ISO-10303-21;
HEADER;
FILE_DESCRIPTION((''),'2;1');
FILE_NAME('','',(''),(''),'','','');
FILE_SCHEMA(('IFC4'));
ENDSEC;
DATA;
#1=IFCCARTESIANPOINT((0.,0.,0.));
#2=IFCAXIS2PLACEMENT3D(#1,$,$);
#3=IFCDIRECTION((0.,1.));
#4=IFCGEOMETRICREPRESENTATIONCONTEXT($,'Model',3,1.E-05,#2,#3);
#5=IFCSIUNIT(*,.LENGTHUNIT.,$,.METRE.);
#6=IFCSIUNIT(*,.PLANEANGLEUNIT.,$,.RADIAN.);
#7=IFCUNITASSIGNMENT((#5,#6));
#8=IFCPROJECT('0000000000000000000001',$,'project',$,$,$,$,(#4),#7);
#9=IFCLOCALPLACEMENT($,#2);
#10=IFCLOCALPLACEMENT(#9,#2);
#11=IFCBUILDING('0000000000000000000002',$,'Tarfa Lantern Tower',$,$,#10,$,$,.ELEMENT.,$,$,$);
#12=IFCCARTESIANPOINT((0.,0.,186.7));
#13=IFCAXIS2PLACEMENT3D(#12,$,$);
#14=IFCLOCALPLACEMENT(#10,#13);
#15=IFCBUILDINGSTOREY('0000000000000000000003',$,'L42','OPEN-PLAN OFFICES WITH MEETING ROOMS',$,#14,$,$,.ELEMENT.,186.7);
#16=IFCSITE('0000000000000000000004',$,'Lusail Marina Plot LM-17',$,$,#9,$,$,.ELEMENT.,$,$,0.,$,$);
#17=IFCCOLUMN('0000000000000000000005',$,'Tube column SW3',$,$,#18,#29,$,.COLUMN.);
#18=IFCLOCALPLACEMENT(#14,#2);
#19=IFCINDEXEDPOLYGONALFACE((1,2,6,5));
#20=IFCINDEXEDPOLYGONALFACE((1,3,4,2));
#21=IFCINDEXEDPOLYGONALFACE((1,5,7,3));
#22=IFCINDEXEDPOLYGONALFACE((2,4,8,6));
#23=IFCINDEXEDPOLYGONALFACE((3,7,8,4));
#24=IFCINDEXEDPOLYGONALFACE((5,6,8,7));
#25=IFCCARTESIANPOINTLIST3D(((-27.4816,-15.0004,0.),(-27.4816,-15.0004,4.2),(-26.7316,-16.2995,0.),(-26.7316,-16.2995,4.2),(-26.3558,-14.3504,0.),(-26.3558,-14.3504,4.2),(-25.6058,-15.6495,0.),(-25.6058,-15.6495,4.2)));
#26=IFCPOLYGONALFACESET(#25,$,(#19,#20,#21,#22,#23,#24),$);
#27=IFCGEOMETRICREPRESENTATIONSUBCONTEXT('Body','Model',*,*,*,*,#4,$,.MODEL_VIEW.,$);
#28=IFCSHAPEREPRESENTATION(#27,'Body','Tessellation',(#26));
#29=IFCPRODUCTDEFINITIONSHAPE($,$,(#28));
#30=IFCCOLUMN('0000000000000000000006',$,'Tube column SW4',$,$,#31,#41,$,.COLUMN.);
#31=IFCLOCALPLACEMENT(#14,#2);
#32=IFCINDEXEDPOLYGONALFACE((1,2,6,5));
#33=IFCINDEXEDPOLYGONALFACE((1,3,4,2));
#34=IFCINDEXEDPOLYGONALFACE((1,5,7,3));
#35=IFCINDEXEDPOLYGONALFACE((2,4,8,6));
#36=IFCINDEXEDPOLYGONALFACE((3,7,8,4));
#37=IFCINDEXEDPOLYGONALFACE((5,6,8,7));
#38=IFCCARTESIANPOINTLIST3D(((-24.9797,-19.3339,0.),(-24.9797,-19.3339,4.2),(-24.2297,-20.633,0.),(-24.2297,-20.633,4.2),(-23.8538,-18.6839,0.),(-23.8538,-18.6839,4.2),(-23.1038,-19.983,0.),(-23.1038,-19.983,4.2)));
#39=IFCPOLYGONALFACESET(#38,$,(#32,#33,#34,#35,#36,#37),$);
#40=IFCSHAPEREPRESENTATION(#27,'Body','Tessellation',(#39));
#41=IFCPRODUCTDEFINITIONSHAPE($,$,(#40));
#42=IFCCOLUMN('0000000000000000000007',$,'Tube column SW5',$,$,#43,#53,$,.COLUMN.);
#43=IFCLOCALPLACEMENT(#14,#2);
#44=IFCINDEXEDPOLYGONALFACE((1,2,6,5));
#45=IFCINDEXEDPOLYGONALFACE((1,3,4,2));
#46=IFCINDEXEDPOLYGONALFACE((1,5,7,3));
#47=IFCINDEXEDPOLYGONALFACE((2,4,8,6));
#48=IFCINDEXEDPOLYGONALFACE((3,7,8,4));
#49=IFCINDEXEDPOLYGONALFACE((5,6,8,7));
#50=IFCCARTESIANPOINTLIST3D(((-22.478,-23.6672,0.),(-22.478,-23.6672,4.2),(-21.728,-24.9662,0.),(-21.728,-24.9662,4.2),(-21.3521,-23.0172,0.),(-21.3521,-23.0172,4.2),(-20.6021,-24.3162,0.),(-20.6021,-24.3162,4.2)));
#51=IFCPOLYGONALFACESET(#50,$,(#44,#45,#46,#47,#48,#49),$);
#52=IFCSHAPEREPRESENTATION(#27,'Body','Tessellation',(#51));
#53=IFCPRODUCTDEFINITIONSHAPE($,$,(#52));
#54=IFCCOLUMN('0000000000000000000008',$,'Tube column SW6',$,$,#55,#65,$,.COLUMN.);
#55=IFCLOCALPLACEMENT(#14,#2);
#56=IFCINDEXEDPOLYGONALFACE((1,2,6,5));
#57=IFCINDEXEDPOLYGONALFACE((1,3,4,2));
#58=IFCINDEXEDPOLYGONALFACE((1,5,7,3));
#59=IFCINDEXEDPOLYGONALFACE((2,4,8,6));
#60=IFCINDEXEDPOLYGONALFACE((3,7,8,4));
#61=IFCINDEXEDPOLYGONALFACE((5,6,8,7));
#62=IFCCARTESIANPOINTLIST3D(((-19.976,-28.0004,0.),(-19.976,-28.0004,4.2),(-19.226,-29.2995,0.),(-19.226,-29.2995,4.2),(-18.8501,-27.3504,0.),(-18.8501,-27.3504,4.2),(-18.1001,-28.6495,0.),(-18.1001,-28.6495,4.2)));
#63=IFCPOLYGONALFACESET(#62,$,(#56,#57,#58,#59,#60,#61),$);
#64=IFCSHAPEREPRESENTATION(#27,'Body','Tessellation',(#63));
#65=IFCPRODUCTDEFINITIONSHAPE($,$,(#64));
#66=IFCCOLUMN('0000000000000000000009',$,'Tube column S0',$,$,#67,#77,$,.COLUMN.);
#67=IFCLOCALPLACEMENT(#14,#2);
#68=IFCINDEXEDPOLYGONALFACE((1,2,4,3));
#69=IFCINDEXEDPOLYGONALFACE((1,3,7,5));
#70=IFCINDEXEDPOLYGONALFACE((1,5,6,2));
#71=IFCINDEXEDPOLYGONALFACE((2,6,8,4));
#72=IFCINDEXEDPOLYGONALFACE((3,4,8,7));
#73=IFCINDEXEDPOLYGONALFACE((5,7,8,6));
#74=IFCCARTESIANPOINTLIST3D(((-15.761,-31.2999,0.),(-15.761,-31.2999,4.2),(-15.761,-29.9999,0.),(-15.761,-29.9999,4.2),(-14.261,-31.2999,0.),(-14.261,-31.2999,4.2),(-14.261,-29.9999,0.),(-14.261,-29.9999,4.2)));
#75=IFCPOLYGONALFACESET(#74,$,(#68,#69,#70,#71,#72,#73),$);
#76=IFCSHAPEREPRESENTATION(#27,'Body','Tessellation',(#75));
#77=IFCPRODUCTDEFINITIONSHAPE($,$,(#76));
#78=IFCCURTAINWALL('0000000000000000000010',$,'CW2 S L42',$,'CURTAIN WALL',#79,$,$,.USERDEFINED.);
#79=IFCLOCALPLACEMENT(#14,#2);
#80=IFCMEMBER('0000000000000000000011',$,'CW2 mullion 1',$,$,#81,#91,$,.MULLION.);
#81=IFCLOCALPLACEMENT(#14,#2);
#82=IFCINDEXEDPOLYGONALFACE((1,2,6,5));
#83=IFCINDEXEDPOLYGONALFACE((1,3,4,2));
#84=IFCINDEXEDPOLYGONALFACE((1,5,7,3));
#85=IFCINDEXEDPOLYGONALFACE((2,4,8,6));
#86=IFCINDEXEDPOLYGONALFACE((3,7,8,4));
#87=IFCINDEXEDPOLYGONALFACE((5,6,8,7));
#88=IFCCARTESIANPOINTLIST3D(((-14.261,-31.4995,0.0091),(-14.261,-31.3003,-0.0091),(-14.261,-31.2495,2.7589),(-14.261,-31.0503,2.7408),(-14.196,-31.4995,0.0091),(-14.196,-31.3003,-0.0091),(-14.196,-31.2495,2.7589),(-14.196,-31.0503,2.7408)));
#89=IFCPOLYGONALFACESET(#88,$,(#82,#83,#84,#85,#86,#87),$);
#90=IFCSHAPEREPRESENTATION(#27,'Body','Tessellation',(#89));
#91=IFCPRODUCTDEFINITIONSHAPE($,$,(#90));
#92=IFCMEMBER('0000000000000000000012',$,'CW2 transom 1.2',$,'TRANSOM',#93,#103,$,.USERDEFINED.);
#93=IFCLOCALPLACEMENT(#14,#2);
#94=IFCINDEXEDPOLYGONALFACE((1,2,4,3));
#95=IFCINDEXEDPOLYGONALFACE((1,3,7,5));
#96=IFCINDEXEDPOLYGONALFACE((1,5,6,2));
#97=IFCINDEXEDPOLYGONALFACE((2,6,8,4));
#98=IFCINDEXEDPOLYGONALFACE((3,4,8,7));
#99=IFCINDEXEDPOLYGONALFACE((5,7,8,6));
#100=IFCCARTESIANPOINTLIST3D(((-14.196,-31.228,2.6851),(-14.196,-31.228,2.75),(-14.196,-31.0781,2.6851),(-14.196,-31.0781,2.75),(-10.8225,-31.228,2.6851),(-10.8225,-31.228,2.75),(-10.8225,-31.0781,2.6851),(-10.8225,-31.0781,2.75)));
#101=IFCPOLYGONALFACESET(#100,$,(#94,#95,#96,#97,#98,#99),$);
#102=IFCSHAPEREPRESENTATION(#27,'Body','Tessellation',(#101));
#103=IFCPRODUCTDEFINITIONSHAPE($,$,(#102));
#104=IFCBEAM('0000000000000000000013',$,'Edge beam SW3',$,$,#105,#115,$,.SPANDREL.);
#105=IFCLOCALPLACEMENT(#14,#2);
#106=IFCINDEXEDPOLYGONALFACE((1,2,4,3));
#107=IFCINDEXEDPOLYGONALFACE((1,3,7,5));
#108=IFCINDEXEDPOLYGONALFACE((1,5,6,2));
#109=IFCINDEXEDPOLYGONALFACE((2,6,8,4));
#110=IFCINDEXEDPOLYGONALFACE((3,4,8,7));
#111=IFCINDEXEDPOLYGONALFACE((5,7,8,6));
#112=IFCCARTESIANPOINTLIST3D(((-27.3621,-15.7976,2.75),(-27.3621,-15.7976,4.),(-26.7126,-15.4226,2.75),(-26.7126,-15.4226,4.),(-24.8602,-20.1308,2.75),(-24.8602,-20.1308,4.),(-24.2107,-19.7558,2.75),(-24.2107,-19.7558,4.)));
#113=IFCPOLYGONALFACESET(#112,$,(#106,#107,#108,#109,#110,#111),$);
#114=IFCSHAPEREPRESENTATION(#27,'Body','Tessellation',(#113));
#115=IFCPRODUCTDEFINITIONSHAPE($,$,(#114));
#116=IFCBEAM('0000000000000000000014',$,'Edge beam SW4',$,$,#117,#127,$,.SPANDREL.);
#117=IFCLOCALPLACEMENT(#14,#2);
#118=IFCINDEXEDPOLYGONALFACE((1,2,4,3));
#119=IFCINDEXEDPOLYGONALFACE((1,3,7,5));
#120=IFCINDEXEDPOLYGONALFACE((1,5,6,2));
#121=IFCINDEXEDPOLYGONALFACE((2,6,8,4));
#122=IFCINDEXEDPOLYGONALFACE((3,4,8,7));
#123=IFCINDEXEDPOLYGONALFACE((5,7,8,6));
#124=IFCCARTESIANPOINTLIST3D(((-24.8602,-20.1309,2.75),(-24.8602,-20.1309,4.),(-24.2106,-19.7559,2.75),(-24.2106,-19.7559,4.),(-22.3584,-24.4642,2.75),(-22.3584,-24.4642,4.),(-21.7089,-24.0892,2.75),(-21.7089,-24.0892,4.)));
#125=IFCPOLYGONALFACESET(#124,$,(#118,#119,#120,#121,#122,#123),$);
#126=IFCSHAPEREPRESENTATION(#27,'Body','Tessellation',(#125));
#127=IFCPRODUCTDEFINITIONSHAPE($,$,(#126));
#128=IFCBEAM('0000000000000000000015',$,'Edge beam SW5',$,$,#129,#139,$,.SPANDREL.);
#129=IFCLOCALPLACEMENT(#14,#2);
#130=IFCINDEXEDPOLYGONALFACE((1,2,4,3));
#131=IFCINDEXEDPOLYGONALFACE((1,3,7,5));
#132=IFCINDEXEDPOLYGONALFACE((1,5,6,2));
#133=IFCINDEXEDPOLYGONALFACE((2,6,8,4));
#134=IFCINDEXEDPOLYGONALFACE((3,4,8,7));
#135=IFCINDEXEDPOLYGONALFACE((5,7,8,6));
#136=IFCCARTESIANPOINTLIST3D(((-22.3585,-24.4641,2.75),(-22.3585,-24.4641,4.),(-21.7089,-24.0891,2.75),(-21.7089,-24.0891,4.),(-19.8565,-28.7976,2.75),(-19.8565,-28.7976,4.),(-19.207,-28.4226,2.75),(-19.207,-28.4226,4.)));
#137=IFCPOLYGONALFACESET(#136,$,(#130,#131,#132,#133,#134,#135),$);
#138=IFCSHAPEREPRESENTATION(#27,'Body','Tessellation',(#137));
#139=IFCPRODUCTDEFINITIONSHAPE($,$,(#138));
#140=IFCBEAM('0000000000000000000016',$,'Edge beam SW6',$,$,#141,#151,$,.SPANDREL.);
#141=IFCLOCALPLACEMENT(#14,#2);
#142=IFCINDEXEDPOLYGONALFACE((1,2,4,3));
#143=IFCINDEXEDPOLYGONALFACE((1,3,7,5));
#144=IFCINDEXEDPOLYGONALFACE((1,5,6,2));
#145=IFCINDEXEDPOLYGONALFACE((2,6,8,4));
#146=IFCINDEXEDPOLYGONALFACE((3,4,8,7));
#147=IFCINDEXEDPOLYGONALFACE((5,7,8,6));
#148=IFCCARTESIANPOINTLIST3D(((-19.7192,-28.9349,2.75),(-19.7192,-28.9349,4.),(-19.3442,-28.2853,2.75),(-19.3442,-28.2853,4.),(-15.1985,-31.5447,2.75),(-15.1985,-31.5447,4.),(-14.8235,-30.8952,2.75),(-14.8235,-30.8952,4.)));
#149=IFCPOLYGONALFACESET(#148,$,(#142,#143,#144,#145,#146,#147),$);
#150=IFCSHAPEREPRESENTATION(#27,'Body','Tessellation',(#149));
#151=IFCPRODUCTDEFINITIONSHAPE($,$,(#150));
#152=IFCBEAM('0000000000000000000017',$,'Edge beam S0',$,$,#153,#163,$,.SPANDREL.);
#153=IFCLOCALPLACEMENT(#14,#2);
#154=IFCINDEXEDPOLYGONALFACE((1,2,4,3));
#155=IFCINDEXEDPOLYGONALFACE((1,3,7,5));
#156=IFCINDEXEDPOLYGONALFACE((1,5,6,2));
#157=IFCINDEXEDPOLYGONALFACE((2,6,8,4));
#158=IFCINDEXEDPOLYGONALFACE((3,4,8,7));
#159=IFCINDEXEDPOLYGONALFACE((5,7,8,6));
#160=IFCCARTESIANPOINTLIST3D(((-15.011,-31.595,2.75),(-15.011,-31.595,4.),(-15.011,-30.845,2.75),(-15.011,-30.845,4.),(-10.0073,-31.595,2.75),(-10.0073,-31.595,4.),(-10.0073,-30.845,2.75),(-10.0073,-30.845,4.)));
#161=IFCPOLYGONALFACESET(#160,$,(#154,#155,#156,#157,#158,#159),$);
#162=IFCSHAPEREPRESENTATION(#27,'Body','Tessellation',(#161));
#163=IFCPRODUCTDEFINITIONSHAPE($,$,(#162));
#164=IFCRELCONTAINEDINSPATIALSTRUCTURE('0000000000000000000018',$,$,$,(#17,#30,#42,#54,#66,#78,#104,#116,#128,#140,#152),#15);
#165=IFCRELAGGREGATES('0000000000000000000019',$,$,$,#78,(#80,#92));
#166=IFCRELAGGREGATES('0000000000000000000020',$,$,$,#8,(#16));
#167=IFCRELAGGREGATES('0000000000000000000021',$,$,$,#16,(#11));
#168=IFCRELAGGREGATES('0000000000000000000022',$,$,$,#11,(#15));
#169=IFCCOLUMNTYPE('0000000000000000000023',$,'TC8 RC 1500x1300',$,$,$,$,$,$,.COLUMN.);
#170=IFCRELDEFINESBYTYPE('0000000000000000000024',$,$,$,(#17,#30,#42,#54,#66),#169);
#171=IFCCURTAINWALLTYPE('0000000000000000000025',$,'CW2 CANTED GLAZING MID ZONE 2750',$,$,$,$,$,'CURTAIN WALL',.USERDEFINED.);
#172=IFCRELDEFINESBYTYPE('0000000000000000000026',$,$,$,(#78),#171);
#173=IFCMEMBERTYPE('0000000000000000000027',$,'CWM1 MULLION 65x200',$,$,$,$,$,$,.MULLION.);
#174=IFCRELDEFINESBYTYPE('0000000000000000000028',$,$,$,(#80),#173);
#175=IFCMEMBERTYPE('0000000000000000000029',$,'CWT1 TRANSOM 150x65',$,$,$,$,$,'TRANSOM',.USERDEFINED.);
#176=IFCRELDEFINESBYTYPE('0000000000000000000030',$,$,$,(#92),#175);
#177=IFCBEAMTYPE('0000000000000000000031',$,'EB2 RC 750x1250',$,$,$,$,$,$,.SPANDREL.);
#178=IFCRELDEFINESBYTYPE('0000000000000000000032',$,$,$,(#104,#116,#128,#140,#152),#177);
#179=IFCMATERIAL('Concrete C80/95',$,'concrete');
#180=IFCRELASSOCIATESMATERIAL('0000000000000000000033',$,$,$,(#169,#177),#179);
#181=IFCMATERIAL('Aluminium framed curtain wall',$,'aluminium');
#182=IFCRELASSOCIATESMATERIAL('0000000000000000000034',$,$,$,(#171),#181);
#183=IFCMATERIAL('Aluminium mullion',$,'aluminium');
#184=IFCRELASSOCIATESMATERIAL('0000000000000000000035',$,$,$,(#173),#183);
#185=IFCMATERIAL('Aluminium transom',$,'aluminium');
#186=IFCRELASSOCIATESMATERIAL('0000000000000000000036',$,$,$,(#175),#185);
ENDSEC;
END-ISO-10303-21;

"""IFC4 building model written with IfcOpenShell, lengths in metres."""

from ifc_helpers import new_model, si_unit, direction, frame, origin, origin_2d, place, context, subcontext, project, spatial, rectangle, extrude, material, material_profile, profile_set, type_object, element, aggregate, save


model = new_model("IFC4")

# Units and contexts
model_context = context("Model", 3, precision=1e-05, world=origin(), true_north=direction((0.0, 1.0)))
body_context = subcontext(model_context, "Body", "Model", "MODEL_VIEW")
ifc_project = project(units=[si_unit("LENGTHUNIT", "METRE"), si_unit("PLANEANGLEUNIT", "RADIAN")], contexts=[model_context])

# Site, building, storey
site_placement = place(None, origin())
site = spatial("IfcSite", under=ifc_project, at=site_placement, Name="Lusail Marina Plot LM-17", CompositionType="ELEMENT", RefElevation=0.0)
building_placement = place(site_placement, origin())
building = spatial("IfcBuilding", under=site, at=building_placement, Name="Tarfa Lantern Tower", CompositionType="ELEMENT")
storey_placement = place(building_placement, frame((0.0, 0.0, 186.7)))
storey = spatial("IfcBuildingStorey", under=building, at=storey_placement, Name="L42", Description="OPEN-PLAN OFFICES WITH MEETING ROOMS", CompositionType="ELEMENT", Elevation=186.7)

# Columns
ifc_material_1 = material(Name="Concrete C80/95", Category="concrete")
ifc_material_profile_1 = material_profile(ifc_material_1, rectangle(XDim=1.5, YDim=1.3, at=origin_2d()), Name="RC 1500x1300")
ifc_profile_set_1 = profile_set([ifc_material_profile_1], Name="Concrete C80/95")
column_type = type_object("IfcColumnType", Name="TC8 RC 1500x1300", PredefinedType="COLUMN", material=ifc_profile_set_1)
for number, where, z_axis, x_axis, name in (
    (1, (-26.5437, -15.325, 0.0), (0.0, 0.0, 1.0), (0.5, -0.866025, 0.0), "Tube column SW3"),
    (2, (-24.0417, -19.6584, 0.0), (0.0, 0.0, 1.0), (0.5, -0.866025, 0.0), "Tube column SW4"),
    (3, (-21.54, -23.9917, 0.0), (0.0, 0.0, 1.0), (0.5, -0.866025, 0.0), "Tube column SW5"),
    (4, (-19.0381, -28.325, 0.0), (0.0, 0.0, 1.0), (0.5, -0.866025, 0.0), "Tube column SW6"),
    (5, (-15.011, -30.6499, 0.0), (0.0, 0.0, 1.0), (1.0, 0.0, 0.0), "Tube column S0"),
):
    element("IfcColumn", number, at=place(storey_placement, frame(where, z_axis=z_axis, x_axis=x_axis)), inside=storey, type_object=column_type, Name=name, PredefinedType="COLUMN", context=body_context, shape_type="SweptSolid", body=[
        extrude(rectangle(XDim=1.5, YDim=1.3, at=origin_2d()), origin(), (0.0, 0.0, 1.0), 4.2),
    ])

# Curtain wall, members
ifc_material_2 = material(Name="Aluminium framed curtain wall", Category="aluminium")
curtain_wall_type = type_object("IfcCurtainWallType", Name="CW2 CANTED GLAZING MID ZONE 2750", ElementType="CURTAIN WALL", PredefinedType="USERDEFINED", material=ifc_material_2)
curtain_wall_placement = place(storey_placement, origin())
curtain_wall = element("IfcCurtainWall", 6, at=curtain_wall_placement, inside=storey, type_object=curtain_wall_type, Name="CW2 S L42", ObjectType="CURTAIN WALL", PredefinedType="USERDEFINED")
ifc_material_3 = material(Name="Aluminium mullion", Category="aluminium")
ifc_material_profile_2 = material_profile(ifc_material_3, rectangle(XDim=0.0649, YDim=0.2, at=origin_2d()), Name="AL MULLION 65x200")
ifc_profile_set_2 = profile_set([ifc_material_profile_2], Name="Aluminium mullion")
member_type_1 = type_object("IfcMemberType", Name="CWM1 MULLION 65x200", PredefinedType="MULLION", material=ifc_profile_set_2)
member_1_placement = place(storey_placement, frame((-14.2285, -31.3999, 0.0), z_axis=(0.0, 0.090536, 0.995893), x_axis=(-1.0, 0.0, 0.0)))
member_1 = element("IfcMember", 7, at=member_1_placement, type_object=member_type_1, Name="CW2 mullion 1", PredefinedType="MULLION", context=body_context, shape_type="SweptSolid", body=[
    extrude(rectangle(XDim=0.0649, YDim=0.2, at=origin_2d()), origin(), (0.0, 0.0, 1.0), 2.7612),
])
ifc_material_4 = material(Name="Aluminium transom", Category="aluminium")
ifc_material_profile_3 = material_profile(ifc_material_4, rectangle(XDim=0.1499, YDim=0.0649, at=origin_2d()), Name="AL TRANSOM 150x65")
ifc_profile_set_3 = profile_set([ifc_material_profile_3], Name="Aluminium transom")
member_type_2 = type_object("IfcMemberType", Name="CWT1 TRANSOM 150x65", ElementType="TRANSOM", PredefinedType="USERDEFINED", material=ifc_profile_set_3)
member_2_placement = place(storey_placement, frame((-14.196, -31.1531, 2.7175), z_axis=(1.0, 0.0, 0.0), x_axis=(0.0, 1.0, 0.0)))
member_2 = element("IfcMember", 8, at=member_2_placement, type_object=member_type_2, Name="CW2 transom 1.2", ObjectType="TRANSOM", PredefinedType="USERDEFINED", context=body_context, shape_type="SweptSolid", body=[
    extrude(rectangle(XDim=0.1499, YDim=0.0649, at=origin_2d()), origin(), (0.0, 0.0, 1.0), 3.3735),
])

# Beams
ifc_material_profile_4 = material_profile(ifc_material_1, rectangle(XDim=0.75, YDim=1.25, at=origin_2d()), Name="RC 750x1250")
ifc_profile_set_4 = profile_set([ifc_material_profile_4], Name="Concrete C80/95")
beam_type_1 = type_object("IfcBeamType", Name="EB2 RC 750x1250", PredefinedType="SPANDREL", material=ifc_profile_set_4)
for number, where, z_axis, x_axis, name in (
    (9, (-27.0374, -15.6101, 3.375), (0.500022, -0.866013, 0.0), (0.866013, 0.500022, 0.0), "Edge beam SW3"),
    (10, (-24.5354, -19.9434, 3.375), (0.499986, -0.866034, 0.0), (0.866034, 0.499986, 0.0), "Edge beam SW4"),
):
    element("IfcBeam", number, at=place(storey_placement, frame(where, z_axis=z_axis, x_axis=x_axis)), inside=storey, type_object=beam_type_1, Name=name, PredefinedType="SPANDREL", context=body_context, shape_type="SweptSolid", body=[
        extrude(rectangle(XDim=0.75, YDim=1.25, at=origin_2d()), origin(), (0.0, 0.0, 1.0), 5.0037),
    ])
beam_1_placement = place(storey_placement, frame((-22.0337, -24.2766, 3.375), z_axis=(0.500001, -0.866025, 0.0), x_axis=(0.866025, 0.500001, 0.0)))
element("IfcBeam", 11, at=beam_1_placement, inside=storey, type_object=beam_type_1, Name="Edge beam SW5", PredefinedType="SPANDREL", context=body_context, shape_type="SweptSolid", body=[
    extrude(rectangle(XDim=0.75, YDim=1.25, at=origin_2d()), origin(), (0.0, 0.0, 1.0), 5.0039),
])
beam_2_placement = place(storey_placement, frame((-19.5317, -28.6101, 3.375), z_axis=(0.866042, -0.499972, 0.0), x_axis=(0.499972, 0.866042, 0.0)))
element("IfcBeam", 12, at=beam_2_placement, inside=storey, type_object=beam_type_1, Name="Edge beam SW6", PredefinedType="SPANDREL", context=body_context, shape_type="SweptSolid", body=[
    extrude(rectangle(XDim=0.75, YDim=1.25, at=origin_2d()), origin(), (0.0, 0.0, 1.0), 5.22),
])
beam_3_placement = place(storey_placement, frame((-15.011, -31.22, 3.375), z_axis=(1.0, 0.0, 0.0), x_axis=(0.0, 1.0, 0.0)))
element("IfcBeam", 13, at=beam_3_placement, inside=storey, type_object=beam_type_1, Name="Edge beam S0", PredefinedType="SPANDREL", context=body_context, shape_type="SweptSolid", body=[
    extrude(rectangle(XDim=0.75, YDim=1.25, at=origin_2d()), origin(), (0.0, 0.0, 1.0), 5.0037),
])

aggregate(curtain_wall, [member_1, member_2])

save(model, "model.ifc")
